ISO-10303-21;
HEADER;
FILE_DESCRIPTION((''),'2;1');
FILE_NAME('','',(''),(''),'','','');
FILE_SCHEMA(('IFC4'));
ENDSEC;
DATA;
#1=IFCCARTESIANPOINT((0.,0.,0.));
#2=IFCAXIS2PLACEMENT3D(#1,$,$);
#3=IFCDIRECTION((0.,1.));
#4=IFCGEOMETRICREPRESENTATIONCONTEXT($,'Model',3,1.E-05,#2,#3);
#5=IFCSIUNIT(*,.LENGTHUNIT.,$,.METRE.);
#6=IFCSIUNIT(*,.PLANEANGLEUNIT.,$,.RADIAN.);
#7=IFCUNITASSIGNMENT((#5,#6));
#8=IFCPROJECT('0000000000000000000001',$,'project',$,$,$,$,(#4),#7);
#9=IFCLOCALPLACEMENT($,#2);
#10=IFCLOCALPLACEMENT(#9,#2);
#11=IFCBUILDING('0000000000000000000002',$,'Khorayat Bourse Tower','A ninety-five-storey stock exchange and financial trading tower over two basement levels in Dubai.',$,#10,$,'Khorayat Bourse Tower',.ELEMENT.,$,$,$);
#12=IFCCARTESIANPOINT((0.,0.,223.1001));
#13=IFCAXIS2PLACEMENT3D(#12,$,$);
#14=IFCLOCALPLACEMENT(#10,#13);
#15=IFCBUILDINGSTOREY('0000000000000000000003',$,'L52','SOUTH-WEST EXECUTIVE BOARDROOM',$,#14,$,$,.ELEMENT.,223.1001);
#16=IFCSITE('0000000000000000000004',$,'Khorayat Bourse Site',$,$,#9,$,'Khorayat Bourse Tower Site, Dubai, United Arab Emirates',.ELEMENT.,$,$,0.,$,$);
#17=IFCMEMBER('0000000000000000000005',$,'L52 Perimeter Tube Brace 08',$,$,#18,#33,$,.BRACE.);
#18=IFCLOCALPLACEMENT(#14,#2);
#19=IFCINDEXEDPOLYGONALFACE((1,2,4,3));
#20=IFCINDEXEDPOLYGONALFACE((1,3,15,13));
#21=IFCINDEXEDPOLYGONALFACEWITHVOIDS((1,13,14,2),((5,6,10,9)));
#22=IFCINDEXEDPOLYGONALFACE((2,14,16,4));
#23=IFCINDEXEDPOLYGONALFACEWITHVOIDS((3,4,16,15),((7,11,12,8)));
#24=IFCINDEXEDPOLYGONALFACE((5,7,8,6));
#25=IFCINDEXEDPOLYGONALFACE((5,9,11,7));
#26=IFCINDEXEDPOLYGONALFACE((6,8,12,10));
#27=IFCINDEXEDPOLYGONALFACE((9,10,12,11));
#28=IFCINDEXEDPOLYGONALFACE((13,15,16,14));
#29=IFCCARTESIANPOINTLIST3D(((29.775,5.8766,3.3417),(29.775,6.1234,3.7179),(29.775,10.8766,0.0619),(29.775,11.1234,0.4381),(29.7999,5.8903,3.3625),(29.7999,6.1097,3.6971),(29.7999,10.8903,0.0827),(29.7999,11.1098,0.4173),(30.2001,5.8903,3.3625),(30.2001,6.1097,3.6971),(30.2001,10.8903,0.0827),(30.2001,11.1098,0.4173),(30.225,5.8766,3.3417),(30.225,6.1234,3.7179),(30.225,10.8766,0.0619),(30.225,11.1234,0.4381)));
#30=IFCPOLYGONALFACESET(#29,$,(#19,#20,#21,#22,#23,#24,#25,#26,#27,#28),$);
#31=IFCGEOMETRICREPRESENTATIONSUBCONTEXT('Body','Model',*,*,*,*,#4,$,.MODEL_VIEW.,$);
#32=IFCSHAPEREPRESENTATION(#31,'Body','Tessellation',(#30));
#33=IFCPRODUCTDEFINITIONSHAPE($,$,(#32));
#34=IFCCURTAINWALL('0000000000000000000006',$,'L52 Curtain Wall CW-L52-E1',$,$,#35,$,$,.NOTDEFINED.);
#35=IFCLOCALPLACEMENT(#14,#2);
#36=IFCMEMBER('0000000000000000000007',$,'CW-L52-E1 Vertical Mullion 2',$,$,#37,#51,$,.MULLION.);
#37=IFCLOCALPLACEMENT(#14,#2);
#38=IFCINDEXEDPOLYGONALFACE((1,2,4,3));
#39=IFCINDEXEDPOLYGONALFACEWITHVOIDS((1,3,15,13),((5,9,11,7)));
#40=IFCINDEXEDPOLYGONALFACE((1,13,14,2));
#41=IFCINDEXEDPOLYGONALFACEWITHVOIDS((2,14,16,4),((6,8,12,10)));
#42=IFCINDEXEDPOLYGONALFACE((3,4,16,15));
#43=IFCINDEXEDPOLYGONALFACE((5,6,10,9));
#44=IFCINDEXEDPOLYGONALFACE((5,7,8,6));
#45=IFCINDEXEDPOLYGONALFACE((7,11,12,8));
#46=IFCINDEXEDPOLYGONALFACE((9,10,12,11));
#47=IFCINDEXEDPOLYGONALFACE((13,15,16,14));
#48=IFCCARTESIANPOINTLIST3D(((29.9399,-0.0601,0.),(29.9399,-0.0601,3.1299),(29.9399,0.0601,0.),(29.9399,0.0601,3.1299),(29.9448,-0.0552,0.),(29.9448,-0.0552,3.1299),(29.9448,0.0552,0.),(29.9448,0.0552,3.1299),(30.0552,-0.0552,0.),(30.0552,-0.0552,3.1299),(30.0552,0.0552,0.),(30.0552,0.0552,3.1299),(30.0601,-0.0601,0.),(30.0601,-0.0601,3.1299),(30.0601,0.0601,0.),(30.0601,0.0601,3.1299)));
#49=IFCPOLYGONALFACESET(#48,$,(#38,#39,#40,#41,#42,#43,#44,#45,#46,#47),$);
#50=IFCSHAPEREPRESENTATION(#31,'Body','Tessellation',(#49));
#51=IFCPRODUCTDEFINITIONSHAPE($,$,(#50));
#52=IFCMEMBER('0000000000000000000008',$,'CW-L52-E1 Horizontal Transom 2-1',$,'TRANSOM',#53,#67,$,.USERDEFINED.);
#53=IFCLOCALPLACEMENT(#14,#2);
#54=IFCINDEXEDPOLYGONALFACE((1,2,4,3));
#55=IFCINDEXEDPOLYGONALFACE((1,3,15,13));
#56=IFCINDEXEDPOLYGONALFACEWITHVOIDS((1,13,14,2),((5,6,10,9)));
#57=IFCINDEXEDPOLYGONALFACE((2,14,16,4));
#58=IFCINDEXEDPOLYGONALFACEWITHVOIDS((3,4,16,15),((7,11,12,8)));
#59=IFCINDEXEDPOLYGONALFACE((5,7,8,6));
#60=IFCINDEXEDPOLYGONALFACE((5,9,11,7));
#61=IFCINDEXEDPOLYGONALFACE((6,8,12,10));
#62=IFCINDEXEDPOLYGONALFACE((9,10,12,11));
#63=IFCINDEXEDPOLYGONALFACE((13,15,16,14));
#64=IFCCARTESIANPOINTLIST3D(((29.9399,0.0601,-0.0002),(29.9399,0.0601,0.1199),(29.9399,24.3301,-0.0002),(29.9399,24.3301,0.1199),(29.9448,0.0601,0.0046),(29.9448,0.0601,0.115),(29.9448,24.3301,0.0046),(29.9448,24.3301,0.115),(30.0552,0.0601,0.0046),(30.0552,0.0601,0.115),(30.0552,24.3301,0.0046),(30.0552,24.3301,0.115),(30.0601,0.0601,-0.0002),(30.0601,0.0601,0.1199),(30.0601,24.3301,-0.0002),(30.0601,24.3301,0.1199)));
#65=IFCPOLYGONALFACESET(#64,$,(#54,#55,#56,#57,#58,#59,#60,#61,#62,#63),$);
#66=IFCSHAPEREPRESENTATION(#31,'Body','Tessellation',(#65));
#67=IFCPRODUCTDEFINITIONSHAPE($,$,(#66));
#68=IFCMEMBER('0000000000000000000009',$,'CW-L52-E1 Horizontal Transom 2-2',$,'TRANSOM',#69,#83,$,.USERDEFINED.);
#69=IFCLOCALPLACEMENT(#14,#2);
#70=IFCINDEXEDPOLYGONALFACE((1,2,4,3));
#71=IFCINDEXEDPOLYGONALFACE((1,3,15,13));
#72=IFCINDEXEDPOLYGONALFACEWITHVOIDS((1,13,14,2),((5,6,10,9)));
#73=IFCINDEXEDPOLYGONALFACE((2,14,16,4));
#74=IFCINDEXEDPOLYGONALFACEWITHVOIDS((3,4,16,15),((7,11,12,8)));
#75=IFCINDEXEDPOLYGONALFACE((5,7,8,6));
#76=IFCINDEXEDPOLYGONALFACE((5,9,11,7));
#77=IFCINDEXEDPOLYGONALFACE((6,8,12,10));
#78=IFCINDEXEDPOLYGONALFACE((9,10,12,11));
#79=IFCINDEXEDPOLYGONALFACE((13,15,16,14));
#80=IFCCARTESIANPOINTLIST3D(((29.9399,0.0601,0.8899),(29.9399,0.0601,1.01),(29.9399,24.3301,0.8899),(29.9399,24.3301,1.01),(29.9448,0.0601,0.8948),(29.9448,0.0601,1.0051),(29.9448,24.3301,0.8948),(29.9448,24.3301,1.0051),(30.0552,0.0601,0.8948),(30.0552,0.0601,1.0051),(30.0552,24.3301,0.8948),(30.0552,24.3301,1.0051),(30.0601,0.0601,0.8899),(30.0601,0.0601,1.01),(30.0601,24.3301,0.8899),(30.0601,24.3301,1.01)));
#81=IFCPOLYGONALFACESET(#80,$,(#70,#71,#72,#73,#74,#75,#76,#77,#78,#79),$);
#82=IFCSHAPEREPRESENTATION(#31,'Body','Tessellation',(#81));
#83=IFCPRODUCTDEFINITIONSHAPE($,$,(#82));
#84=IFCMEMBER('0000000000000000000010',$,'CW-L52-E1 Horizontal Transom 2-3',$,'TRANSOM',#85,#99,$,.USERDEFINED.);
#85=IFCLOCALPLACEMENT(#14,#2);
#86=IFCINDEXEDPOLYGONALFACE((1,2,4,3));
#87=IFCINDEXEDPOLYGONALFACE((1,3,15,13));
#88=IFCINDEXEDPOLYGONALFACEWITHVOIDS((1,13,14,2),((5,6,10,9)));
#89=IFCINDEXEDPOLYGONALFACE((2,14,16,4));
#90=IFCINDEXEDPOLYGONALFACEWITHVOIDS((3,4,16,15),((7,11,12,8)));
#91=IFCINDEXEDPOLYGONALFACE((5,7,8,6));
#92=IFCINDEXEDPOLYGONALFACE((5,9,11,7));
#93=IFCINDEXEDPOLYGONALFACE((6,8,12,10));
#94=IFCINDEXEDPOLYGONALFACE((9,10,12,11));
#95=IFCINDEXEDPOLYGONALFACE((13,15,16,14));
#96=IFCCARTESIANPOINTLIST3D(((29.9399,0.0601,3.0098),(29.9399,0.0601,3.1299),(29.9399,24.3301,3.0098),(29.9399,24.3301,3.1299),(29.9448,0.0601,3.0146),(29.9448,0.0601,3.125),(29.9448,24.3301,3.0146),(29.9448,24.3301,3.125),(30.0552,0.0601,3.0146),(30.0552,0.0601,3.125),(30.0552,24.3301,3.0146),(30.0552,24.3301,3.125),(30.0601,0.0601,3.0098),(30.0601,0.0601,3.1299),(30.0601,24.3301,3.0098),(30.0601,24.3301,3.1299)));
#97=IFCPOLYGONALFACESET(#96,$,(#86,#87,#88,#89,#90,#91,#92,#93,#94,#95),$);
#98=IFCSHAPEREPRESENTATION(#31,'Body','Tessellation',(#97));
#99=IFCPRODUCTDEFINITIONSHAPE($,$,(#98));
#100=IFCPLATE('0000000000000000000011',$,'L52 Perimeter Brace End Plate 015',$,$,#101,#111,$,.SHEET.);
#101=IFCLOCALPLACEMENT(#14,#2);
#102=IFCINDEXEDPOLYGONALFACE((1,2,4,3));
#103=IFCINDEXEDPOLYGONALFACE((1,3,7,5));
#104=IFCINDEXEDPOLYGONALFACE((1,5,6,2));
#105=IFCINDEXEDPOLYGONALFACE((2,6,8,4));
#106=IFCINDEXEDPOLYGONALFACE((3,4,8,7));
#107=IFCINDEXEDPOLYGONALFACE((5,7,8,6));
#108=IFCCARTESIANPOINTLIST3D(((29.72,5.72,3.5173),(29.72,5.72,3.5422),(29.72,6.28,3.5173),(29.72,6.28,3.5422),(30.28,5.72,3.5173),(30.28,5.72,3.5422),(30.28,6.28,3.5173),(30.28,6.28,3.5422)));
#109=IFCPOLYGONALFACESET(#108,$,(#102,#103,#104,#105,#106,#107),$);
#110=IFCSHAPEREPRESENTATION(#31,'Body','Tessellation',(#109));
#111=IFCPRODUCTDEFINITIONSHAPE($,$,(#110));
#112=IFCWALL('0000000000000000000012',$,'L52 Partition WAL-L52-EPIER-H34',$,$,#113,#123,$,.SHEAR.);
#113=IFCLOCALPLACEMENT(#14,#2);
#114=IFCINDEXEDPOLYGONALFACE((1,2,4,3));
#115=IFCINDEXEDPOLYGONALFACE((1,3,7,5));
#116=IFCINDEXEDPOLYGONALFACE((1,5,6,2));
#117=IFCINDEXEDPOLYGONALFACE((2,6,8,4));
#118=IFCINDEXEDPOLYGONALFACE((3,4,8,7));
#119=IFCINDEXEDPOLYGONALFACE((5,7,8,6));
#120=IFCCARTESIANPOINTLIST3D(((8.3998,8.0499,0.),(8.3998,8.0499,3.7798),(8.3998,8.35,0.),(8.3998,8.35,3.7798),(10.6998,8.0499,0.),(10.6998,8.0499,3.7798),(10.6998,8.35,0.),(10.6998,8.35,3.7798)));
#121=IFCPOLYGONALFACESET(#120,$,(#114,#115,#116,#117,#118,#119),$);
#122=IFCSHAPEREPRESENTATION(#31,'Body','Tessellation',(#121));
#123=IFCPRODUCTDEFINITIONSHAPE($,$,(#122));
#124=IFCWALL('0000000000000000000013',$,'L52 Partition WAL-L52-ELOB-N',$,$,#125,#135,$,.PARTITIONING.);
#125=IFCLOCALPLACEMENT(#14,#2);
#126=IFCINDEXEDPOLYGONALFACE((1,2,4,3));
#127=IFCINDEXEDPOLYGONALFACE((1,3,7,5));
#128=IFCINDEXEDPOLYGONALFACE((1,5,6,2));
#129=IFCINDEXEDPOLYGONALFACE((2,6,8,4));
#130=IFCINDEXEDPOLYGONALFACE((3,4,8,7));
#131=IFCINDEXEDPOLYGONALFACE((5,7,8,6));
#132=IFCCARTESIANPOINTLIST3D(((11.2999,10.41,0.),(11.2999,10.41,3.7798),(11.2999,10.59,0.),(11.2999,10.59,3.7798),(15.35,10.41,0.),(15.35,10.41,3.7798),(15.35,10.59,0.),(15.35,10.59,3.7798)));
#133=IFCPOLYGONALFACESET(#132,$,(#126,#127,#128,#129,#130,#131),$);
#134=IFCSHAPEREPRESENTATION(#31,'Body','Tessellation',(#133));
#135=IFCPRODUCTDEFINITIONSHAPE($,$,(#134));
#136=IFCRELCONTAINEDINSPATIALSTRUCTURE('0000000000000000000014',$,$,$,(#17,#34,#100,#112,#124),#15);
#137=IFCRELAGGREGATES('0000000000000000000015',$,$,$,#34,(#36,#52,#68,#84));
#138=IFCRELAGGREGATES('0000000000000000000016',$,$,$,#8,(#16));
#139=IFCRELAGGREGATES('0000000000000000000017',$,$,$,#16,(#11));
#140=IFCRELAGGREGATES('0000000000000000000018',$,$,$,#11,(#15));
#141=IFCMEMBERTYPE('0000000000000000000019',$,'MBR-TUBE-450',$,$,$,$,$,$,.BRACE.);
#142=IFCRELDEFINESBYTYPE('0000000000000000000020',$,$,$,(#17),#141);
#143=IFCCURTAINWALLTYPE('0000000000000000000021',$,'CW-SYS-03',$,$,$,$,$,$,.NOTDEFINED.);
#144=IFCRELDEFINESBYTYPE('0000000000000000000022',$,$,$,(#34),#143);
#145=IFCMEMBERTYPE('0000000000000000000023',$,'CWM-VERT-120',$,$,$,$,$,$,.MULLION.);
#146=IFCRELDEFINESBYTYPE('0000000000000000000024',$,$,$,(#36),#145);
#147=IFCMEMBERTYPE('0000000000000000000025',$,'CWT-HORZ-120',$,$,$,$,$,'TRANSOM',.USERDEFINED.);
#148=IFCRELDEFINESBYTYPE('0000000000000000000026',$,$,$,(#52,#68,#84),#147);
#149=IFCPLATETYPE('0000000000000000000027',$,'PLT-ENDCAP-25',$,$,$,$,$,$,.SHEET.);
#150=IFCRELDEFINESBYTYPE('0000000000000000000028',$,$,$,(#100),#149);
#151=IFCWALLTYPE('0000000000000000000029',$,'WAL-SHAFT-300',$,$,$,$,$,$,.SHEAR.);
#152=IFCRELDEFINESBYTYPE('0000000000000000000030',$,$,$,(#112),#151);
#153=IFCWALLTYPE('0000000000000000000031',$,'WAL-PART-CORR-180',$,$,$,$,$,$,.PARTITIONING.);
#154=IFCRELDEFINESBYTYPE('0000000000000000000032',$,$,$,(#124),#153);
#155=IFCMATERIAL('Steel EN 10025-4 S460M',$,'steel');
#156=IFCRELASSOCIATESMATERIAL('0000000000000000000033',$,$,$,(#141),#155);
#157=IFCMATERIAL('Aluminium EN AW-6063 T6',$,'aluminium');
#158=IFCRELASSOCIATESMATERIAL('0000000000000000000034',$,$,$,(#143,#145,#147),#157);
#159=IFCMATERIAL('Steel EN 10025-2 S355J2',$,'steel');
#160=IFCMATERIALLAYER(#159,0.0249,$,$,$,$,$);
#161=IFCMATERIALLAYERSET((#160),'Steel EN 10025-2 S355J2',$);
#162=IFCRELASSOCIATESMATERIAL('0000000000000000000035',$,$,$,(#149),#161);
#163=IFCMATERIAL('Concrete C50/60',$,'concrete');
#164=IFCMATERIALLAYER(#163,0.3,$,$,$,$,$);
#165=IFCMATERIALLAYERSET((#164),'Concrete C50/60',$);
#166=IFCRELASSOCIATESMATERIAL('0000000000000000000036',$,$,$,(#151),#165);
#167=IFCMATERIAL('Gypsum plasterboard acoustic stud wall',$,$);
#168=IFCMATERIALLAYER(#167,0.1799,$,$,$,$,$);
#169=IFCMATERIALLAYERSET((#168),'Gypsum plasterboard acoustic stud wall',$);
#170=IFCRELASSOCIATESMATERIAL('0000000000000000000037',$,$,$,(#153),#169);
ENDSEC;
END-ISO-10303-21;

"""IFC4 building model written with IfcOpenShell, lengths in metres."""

from ifc_helpers import new_model, si_unit, direction, frame, frame_2d, origin, origin_2d, place, context, subcontext, project, spatial, rectangle, hollow_rectangle, extrude, source, transform, mapped, material, layer, layer_set, material_profile, profile_set, type_object, element, aggregate, save


model = new_model("IFC4")

# Units and contexts
model_context = context("Model", 3, precision=1e-05, world=origin(), true_north=direction((0.0, 1.0)))
body_context = subcontext(model_context, "Body", "Model", "MODEL_VIEW")
ifc_project = project(units=[si_unit("LENGTHUNIT", "METRE"), si_unit("PLANEANGLEUNIT", "RADIAN")], contexts=[model_context])

# Site, building, storey
site_placement = place(None, origin())
site = spatial("IfcSite", under=ifc_project, at=site_placement, Name="Khorayat Bourse Site", LongName="Khorayat Bourse Tower Site, Dubai, United Arab Emirates", CompositionType="ELEMENT", RefElevation=0.0)
building_placement = place(site_placement, origin())
building = spatial("IfcBuilding", under=site, at=building_placement, Name="Khorayat Bourse Tower", Description="A ninety-five-storey stock exchange and financial trading tower over two basement levels in Dubai.", LongName="Khorayat Bourse Tower", CompositionType="ELEMENT")
storey_placement = place(building_placement, frame((0.0, 0.0, 223.1001)))
storey = spatial("IfcBuildingStorey", under=building, at=storey_placement, Name="L52", Description="SOUTH-WEST EXECUTIVE BOARDROOM", CompositionType="ELEMENT", Elevation=223.1001)

# Shared definitions
ifc_material_1 = material(Name="Steel EN 10025-4 S460M", Category="steel")

# Member
ifc_material_profile_1 = material_profile(ifc_material_1, hollow_rectangle(XDim=0.45, YDim=0.45, WallThickness=0.0249, at=origin_2d()), Name="HSS 450x450x25")
ifc_profile_set_1 = profile_set([ifc_material_profile_1], Name="Steel EN 10025-4 S460M")
member_type_1 = type_object("IfcMemberType", Name="MBR-TUBE-450", PredefinedType="BRACE", material=ifc_profile_set_1)
shared_shape_1 = source(origin(), body_context, "Body", "SweptSolid", [
    extrude(hollow_rectangle(XDim=0.45, YDim=0.45, WallThickness=0.0249, at=origin_2d()), origin(), (0.0, 0.0, 1.0), 5.9797),
])
member_1_placement = place(storey_placement, frame((30.0, 6.0, 3.5298), z_axis=(0.0, 0.83616, -0.548485), x_axis=(-1.0, 0.0, 0.0)))
element("IfcMember", 1, at=member_1_placement, inside=storey, type_object=member_type_1, Name="L52 Perimeter Tube Brace 08", PredefinedType="BRACE", context=body_context, shape_type="MappedRepresentation", body=[
    mapped(shared_shape_1, transform((0.0, 0.0, 0.0), scale=1.0)),
])

# Curtain wall, members
ifc_material_2 = material(Name="Aluminium EN AW-6063 T6", Category="aluminium")
curtain_wall_type = type_object("IfcCurtainWallType", Name="CW-SYS-03", PredefinedType="NOTDEFINED", material=ifc_material_2)
curtain_wall_placement = place(storey_placement, origin())
curtain_wall = element("IfcCurtainWall", 2, at=curtain_wall_placement, inside=storey, type_object=curtain_wall_type, Name="L52 Curtain Wall CW-L52-E1", PredefinedType="NOTDEFINED")
ifc_material_profile_2 = material_profile(ifc_material_2, hollow_rectangle(XDim=0.1201, YDim=0.1201, WallThickness=0.0049, at=origin_2d()), Name="ALU 120x120x5")
ifc_profile_set_2 = profile_set([ifc_material_profile_2], Name="Aluminium EN AW-6063 T6")
member_type_2 = type_object("IfcMemberType", Name="CWM-VERT-120", PredefinedType="MULLION", material=ifc_profile_set_2)
shared_shape_2 = source(origin(), body_context, "Body", "SweptSolid", [
    extrude(hollow_rectangle(XDim=0.1201, YDim=0.1201, WallThickness=0.0049, at=origin_2d()), origin(), (0.0, 0.0, 1.0), 3.1299),
])
member_2_placement = place(storey_placement, frame((30.0, 0.0, 0.0), z_axis=(0.0, 0.0, 1.0), x_axis=(-1.0, 0.0, 0.0)))
member_2 = element("IfcMember", 3, at=member_2_placement, type_object=member_type_2, Name="CW-L52-E1 Vertical Mullion 2", PredefinedType="MULLION", context=body_context, shape_type="MappedRepresentation", body=[
    mapped(shared_shape_2, transform((0.0, 0.0, 0.0), scale=1.0)),
])
ifc_material_profile_3 = material_profile(ifc_material_2, hollow_rectangle(XDim=0.1201, YDim=0.1201, WallThickness=0.0049, at=origin_2d()), Name="ALU 120x120x5")
ifc_profile_set_3 = profile_set([ifc_material_profile_3], Name="Aluminium EN AW-6063 T6")
member_type_3 = type_object("IfcMemberType", Name="CWT-HORZ-120", ElementType="TRANSOM", PredefinedType="USERDEFINED", material=ifc_profile_set_3)
shared_shape_3 = source(origin(), body_context, "Body", "SweptSolid", [
    extrude(hollow_rectangle(XDim=0.1201, YDim=0.1201, WallThickness=0.0049, at=origin_2d()), origin(), (0.0, 0.0, 1.0), 24.27),
])
member_3_placement = place(storey_placement, frame((30.0, 0.0601, 0.0598), z_axis=(0.0, 1.0, 0.0), x_axis=(-1.0, 0.0, 0.0)))
member_3 = element("IfcMember", 4, at=member_3_placement, type_object=member_type_3, Name="CW-L52-E1 Horizontal Transom 2-1", ObjectType="TRANSOM", PredefinedType="USERDEFINED", context=body_context, shape_type="MappedRepresentation", body=[
    mapped(shared_shape_3, transform((0.0, 0.0, 0.0), scale=1.0)),
])
member_4_placement = place(storey_placement, frame((30.0, 0.0601, 0.95), z_axis=(0.0, 1.0, 0.0), x_axis=(-1.0, 0.0, 0.0)))
member_4 = element("IfcMember", 5, at=member_4_placement, type_object=member_type_3, Name="CW-L52-E1 Horizontal Transom 2-2", ObjectType="TRANSOM", PredefinedType="USERDEFINED", context=body_context, shape_type="MappedRepresentation", body=[
    mapped(shared_shape_3, transform((0.0, 0.0, 0.0), scale=1.0)),
])
member_5_placement = place(storey_placement, frame((30.0, 0.0601, 3.0698), z_axis=(0.0, 1.0, 0.0), x_axis=(-1.0, 0.0, 0.0)))
member_5 = element("IfcMember", 6, at=member_5_placement, type_object=member_type_3, Name="CW-L52-E1 Horizontal Transom 2-3", ObjectType="TRANSOM", PredefinedType="USERDEFINED", context=body_context, shape_type="MappedRepresentation", body=[
    mapped(shared_shape_3, transform((0.0, 0.0, 0.0), scale=1.0)),
])
aggregate(curtain_wall, [member_2, member_3, member_4, member_5])

# Plate
ifc_material_3 = material(Name="Steel EN 10025-2 S355J2", Category="steel")
ifc_layer_1 = layer(ifc_material_3, 0.0249)
ifc_layer_set_1 = layer_set([ifc_layer_1], Name="Steel EN 10025-2 S355J2")
plate_type = type_object("IfcPlateType", Name="PLT-ENDCAP-25", PredefinedType="SHEET", material=ifc_layer_set_1)
shared_shape_4 = source(origin(), body_context, "Body", "SweptSolid", [
    extrude(rectangle(XDim=0.5601, YDim=0.5601, at=origin_2d()), origin(), (0.0, 0.0, 1.0), 0.0249),
])
plate_placement = place(storey_placement, frame((30.0, 6.0, 3.5173), z_axis=(0.0, 0.0, 1.0), x_axis=(1.0, 0.0, 0.0)))
element("IfcPlate", 7, at=plate_placement, inside=storey, type_object=plate_type, Name="L52 Perimeter Brace End Plate 015", PredefinedType="SHEET", context=body_context, shape_type="MappedRepresentation", body=[
    mapped(shared_shape_4, transform((0.0, 0.0, 0.0), scale=1.0)),
])

# Walls
ifc_material_4 = material(Name="Concrete C50/60", Category="concrete")
ifc_layer_2 = layer(ifc_material_4, 0.3)
ifc_layer_set_2 = layer_set([ifc_layer_2], Name="Concrete C50/60")
wall_type_1 = type_object("IfcWallType", Name="WAL-SHAFT-300", PredefinedType="SHEAR", material=ifc_layer_set_2)
shared_shape_5 = source(origin(), body_context, "Body", "SweptSolid", [
    extrude(rectangle(XDim=2.3, YDim=0.3, at=frame_2d((1.1499, 0.0))), origin(), (0.0, 0.0, 1.0), 3.7798),
])
wall_1_placement = place(storey_placement, frame((8.3999, 8.2, 0.0), z_axis=(0.0, 0.0, 1.0), x_axis=(1.0, 0.0, 0.0)))
element("IfcWall", 8, at=wall_1_placement, inside=storey, type_object=wall_type_1, Name="L52 Partition WAL-L52-EPIER-H34", PredefinedType="SHEAR", context=body_context, shape_type="MappedRepresentation", body=[
    mapped(shared_shape_5, transform((0.0, 0.0, 0.0), scale=1.0)),
])
ifc_material_5 = material(Name="Gypsum plasterboard acoustic stud wall")
ifc_layer_3 = layer(ifc_material_5, 0.1799)
ifc_layer_set_3 = layer_set([ifc_layer_3], Name="Gypsum plasterboard acoustic stud wall")
wall_type_2 = type_object("IfcWallType", Name="WAL-PART-CORR-180", PredefinedType="PARTITIONING", material=ifc_layer_set_3)
shared_shape_6 = source(origin(), body_context, "Body", "SweptSolid", [
    extrude(rectangle(XDim=4.05, YDim=0.1799, at=frame_2d((2.0249, 0.0))), origin(), (0.0, 0.0, 1.0), 3.7798),
])
wall_2_placement = place(storey_placement, frame((11.3, 10.5, 0.0), z_axis=(0.0, 0.0, 1.0), x_axis=(1.0, 0.0, 0.0)))
element("IfcWall", 9, at=wall_2_placement, inside=storey, type_object=wall_type_2, Name="L52 Partition WAL-L52-ELOB-N", PredefinedType="PARTITIONING", context=body_context, shape_type="MappedRepresentation", body=[
    mapped(shared_shape_6, transform((0.0, 0.0, 0.0), scale=1.0)),
])

save(model, "model.ifc")
